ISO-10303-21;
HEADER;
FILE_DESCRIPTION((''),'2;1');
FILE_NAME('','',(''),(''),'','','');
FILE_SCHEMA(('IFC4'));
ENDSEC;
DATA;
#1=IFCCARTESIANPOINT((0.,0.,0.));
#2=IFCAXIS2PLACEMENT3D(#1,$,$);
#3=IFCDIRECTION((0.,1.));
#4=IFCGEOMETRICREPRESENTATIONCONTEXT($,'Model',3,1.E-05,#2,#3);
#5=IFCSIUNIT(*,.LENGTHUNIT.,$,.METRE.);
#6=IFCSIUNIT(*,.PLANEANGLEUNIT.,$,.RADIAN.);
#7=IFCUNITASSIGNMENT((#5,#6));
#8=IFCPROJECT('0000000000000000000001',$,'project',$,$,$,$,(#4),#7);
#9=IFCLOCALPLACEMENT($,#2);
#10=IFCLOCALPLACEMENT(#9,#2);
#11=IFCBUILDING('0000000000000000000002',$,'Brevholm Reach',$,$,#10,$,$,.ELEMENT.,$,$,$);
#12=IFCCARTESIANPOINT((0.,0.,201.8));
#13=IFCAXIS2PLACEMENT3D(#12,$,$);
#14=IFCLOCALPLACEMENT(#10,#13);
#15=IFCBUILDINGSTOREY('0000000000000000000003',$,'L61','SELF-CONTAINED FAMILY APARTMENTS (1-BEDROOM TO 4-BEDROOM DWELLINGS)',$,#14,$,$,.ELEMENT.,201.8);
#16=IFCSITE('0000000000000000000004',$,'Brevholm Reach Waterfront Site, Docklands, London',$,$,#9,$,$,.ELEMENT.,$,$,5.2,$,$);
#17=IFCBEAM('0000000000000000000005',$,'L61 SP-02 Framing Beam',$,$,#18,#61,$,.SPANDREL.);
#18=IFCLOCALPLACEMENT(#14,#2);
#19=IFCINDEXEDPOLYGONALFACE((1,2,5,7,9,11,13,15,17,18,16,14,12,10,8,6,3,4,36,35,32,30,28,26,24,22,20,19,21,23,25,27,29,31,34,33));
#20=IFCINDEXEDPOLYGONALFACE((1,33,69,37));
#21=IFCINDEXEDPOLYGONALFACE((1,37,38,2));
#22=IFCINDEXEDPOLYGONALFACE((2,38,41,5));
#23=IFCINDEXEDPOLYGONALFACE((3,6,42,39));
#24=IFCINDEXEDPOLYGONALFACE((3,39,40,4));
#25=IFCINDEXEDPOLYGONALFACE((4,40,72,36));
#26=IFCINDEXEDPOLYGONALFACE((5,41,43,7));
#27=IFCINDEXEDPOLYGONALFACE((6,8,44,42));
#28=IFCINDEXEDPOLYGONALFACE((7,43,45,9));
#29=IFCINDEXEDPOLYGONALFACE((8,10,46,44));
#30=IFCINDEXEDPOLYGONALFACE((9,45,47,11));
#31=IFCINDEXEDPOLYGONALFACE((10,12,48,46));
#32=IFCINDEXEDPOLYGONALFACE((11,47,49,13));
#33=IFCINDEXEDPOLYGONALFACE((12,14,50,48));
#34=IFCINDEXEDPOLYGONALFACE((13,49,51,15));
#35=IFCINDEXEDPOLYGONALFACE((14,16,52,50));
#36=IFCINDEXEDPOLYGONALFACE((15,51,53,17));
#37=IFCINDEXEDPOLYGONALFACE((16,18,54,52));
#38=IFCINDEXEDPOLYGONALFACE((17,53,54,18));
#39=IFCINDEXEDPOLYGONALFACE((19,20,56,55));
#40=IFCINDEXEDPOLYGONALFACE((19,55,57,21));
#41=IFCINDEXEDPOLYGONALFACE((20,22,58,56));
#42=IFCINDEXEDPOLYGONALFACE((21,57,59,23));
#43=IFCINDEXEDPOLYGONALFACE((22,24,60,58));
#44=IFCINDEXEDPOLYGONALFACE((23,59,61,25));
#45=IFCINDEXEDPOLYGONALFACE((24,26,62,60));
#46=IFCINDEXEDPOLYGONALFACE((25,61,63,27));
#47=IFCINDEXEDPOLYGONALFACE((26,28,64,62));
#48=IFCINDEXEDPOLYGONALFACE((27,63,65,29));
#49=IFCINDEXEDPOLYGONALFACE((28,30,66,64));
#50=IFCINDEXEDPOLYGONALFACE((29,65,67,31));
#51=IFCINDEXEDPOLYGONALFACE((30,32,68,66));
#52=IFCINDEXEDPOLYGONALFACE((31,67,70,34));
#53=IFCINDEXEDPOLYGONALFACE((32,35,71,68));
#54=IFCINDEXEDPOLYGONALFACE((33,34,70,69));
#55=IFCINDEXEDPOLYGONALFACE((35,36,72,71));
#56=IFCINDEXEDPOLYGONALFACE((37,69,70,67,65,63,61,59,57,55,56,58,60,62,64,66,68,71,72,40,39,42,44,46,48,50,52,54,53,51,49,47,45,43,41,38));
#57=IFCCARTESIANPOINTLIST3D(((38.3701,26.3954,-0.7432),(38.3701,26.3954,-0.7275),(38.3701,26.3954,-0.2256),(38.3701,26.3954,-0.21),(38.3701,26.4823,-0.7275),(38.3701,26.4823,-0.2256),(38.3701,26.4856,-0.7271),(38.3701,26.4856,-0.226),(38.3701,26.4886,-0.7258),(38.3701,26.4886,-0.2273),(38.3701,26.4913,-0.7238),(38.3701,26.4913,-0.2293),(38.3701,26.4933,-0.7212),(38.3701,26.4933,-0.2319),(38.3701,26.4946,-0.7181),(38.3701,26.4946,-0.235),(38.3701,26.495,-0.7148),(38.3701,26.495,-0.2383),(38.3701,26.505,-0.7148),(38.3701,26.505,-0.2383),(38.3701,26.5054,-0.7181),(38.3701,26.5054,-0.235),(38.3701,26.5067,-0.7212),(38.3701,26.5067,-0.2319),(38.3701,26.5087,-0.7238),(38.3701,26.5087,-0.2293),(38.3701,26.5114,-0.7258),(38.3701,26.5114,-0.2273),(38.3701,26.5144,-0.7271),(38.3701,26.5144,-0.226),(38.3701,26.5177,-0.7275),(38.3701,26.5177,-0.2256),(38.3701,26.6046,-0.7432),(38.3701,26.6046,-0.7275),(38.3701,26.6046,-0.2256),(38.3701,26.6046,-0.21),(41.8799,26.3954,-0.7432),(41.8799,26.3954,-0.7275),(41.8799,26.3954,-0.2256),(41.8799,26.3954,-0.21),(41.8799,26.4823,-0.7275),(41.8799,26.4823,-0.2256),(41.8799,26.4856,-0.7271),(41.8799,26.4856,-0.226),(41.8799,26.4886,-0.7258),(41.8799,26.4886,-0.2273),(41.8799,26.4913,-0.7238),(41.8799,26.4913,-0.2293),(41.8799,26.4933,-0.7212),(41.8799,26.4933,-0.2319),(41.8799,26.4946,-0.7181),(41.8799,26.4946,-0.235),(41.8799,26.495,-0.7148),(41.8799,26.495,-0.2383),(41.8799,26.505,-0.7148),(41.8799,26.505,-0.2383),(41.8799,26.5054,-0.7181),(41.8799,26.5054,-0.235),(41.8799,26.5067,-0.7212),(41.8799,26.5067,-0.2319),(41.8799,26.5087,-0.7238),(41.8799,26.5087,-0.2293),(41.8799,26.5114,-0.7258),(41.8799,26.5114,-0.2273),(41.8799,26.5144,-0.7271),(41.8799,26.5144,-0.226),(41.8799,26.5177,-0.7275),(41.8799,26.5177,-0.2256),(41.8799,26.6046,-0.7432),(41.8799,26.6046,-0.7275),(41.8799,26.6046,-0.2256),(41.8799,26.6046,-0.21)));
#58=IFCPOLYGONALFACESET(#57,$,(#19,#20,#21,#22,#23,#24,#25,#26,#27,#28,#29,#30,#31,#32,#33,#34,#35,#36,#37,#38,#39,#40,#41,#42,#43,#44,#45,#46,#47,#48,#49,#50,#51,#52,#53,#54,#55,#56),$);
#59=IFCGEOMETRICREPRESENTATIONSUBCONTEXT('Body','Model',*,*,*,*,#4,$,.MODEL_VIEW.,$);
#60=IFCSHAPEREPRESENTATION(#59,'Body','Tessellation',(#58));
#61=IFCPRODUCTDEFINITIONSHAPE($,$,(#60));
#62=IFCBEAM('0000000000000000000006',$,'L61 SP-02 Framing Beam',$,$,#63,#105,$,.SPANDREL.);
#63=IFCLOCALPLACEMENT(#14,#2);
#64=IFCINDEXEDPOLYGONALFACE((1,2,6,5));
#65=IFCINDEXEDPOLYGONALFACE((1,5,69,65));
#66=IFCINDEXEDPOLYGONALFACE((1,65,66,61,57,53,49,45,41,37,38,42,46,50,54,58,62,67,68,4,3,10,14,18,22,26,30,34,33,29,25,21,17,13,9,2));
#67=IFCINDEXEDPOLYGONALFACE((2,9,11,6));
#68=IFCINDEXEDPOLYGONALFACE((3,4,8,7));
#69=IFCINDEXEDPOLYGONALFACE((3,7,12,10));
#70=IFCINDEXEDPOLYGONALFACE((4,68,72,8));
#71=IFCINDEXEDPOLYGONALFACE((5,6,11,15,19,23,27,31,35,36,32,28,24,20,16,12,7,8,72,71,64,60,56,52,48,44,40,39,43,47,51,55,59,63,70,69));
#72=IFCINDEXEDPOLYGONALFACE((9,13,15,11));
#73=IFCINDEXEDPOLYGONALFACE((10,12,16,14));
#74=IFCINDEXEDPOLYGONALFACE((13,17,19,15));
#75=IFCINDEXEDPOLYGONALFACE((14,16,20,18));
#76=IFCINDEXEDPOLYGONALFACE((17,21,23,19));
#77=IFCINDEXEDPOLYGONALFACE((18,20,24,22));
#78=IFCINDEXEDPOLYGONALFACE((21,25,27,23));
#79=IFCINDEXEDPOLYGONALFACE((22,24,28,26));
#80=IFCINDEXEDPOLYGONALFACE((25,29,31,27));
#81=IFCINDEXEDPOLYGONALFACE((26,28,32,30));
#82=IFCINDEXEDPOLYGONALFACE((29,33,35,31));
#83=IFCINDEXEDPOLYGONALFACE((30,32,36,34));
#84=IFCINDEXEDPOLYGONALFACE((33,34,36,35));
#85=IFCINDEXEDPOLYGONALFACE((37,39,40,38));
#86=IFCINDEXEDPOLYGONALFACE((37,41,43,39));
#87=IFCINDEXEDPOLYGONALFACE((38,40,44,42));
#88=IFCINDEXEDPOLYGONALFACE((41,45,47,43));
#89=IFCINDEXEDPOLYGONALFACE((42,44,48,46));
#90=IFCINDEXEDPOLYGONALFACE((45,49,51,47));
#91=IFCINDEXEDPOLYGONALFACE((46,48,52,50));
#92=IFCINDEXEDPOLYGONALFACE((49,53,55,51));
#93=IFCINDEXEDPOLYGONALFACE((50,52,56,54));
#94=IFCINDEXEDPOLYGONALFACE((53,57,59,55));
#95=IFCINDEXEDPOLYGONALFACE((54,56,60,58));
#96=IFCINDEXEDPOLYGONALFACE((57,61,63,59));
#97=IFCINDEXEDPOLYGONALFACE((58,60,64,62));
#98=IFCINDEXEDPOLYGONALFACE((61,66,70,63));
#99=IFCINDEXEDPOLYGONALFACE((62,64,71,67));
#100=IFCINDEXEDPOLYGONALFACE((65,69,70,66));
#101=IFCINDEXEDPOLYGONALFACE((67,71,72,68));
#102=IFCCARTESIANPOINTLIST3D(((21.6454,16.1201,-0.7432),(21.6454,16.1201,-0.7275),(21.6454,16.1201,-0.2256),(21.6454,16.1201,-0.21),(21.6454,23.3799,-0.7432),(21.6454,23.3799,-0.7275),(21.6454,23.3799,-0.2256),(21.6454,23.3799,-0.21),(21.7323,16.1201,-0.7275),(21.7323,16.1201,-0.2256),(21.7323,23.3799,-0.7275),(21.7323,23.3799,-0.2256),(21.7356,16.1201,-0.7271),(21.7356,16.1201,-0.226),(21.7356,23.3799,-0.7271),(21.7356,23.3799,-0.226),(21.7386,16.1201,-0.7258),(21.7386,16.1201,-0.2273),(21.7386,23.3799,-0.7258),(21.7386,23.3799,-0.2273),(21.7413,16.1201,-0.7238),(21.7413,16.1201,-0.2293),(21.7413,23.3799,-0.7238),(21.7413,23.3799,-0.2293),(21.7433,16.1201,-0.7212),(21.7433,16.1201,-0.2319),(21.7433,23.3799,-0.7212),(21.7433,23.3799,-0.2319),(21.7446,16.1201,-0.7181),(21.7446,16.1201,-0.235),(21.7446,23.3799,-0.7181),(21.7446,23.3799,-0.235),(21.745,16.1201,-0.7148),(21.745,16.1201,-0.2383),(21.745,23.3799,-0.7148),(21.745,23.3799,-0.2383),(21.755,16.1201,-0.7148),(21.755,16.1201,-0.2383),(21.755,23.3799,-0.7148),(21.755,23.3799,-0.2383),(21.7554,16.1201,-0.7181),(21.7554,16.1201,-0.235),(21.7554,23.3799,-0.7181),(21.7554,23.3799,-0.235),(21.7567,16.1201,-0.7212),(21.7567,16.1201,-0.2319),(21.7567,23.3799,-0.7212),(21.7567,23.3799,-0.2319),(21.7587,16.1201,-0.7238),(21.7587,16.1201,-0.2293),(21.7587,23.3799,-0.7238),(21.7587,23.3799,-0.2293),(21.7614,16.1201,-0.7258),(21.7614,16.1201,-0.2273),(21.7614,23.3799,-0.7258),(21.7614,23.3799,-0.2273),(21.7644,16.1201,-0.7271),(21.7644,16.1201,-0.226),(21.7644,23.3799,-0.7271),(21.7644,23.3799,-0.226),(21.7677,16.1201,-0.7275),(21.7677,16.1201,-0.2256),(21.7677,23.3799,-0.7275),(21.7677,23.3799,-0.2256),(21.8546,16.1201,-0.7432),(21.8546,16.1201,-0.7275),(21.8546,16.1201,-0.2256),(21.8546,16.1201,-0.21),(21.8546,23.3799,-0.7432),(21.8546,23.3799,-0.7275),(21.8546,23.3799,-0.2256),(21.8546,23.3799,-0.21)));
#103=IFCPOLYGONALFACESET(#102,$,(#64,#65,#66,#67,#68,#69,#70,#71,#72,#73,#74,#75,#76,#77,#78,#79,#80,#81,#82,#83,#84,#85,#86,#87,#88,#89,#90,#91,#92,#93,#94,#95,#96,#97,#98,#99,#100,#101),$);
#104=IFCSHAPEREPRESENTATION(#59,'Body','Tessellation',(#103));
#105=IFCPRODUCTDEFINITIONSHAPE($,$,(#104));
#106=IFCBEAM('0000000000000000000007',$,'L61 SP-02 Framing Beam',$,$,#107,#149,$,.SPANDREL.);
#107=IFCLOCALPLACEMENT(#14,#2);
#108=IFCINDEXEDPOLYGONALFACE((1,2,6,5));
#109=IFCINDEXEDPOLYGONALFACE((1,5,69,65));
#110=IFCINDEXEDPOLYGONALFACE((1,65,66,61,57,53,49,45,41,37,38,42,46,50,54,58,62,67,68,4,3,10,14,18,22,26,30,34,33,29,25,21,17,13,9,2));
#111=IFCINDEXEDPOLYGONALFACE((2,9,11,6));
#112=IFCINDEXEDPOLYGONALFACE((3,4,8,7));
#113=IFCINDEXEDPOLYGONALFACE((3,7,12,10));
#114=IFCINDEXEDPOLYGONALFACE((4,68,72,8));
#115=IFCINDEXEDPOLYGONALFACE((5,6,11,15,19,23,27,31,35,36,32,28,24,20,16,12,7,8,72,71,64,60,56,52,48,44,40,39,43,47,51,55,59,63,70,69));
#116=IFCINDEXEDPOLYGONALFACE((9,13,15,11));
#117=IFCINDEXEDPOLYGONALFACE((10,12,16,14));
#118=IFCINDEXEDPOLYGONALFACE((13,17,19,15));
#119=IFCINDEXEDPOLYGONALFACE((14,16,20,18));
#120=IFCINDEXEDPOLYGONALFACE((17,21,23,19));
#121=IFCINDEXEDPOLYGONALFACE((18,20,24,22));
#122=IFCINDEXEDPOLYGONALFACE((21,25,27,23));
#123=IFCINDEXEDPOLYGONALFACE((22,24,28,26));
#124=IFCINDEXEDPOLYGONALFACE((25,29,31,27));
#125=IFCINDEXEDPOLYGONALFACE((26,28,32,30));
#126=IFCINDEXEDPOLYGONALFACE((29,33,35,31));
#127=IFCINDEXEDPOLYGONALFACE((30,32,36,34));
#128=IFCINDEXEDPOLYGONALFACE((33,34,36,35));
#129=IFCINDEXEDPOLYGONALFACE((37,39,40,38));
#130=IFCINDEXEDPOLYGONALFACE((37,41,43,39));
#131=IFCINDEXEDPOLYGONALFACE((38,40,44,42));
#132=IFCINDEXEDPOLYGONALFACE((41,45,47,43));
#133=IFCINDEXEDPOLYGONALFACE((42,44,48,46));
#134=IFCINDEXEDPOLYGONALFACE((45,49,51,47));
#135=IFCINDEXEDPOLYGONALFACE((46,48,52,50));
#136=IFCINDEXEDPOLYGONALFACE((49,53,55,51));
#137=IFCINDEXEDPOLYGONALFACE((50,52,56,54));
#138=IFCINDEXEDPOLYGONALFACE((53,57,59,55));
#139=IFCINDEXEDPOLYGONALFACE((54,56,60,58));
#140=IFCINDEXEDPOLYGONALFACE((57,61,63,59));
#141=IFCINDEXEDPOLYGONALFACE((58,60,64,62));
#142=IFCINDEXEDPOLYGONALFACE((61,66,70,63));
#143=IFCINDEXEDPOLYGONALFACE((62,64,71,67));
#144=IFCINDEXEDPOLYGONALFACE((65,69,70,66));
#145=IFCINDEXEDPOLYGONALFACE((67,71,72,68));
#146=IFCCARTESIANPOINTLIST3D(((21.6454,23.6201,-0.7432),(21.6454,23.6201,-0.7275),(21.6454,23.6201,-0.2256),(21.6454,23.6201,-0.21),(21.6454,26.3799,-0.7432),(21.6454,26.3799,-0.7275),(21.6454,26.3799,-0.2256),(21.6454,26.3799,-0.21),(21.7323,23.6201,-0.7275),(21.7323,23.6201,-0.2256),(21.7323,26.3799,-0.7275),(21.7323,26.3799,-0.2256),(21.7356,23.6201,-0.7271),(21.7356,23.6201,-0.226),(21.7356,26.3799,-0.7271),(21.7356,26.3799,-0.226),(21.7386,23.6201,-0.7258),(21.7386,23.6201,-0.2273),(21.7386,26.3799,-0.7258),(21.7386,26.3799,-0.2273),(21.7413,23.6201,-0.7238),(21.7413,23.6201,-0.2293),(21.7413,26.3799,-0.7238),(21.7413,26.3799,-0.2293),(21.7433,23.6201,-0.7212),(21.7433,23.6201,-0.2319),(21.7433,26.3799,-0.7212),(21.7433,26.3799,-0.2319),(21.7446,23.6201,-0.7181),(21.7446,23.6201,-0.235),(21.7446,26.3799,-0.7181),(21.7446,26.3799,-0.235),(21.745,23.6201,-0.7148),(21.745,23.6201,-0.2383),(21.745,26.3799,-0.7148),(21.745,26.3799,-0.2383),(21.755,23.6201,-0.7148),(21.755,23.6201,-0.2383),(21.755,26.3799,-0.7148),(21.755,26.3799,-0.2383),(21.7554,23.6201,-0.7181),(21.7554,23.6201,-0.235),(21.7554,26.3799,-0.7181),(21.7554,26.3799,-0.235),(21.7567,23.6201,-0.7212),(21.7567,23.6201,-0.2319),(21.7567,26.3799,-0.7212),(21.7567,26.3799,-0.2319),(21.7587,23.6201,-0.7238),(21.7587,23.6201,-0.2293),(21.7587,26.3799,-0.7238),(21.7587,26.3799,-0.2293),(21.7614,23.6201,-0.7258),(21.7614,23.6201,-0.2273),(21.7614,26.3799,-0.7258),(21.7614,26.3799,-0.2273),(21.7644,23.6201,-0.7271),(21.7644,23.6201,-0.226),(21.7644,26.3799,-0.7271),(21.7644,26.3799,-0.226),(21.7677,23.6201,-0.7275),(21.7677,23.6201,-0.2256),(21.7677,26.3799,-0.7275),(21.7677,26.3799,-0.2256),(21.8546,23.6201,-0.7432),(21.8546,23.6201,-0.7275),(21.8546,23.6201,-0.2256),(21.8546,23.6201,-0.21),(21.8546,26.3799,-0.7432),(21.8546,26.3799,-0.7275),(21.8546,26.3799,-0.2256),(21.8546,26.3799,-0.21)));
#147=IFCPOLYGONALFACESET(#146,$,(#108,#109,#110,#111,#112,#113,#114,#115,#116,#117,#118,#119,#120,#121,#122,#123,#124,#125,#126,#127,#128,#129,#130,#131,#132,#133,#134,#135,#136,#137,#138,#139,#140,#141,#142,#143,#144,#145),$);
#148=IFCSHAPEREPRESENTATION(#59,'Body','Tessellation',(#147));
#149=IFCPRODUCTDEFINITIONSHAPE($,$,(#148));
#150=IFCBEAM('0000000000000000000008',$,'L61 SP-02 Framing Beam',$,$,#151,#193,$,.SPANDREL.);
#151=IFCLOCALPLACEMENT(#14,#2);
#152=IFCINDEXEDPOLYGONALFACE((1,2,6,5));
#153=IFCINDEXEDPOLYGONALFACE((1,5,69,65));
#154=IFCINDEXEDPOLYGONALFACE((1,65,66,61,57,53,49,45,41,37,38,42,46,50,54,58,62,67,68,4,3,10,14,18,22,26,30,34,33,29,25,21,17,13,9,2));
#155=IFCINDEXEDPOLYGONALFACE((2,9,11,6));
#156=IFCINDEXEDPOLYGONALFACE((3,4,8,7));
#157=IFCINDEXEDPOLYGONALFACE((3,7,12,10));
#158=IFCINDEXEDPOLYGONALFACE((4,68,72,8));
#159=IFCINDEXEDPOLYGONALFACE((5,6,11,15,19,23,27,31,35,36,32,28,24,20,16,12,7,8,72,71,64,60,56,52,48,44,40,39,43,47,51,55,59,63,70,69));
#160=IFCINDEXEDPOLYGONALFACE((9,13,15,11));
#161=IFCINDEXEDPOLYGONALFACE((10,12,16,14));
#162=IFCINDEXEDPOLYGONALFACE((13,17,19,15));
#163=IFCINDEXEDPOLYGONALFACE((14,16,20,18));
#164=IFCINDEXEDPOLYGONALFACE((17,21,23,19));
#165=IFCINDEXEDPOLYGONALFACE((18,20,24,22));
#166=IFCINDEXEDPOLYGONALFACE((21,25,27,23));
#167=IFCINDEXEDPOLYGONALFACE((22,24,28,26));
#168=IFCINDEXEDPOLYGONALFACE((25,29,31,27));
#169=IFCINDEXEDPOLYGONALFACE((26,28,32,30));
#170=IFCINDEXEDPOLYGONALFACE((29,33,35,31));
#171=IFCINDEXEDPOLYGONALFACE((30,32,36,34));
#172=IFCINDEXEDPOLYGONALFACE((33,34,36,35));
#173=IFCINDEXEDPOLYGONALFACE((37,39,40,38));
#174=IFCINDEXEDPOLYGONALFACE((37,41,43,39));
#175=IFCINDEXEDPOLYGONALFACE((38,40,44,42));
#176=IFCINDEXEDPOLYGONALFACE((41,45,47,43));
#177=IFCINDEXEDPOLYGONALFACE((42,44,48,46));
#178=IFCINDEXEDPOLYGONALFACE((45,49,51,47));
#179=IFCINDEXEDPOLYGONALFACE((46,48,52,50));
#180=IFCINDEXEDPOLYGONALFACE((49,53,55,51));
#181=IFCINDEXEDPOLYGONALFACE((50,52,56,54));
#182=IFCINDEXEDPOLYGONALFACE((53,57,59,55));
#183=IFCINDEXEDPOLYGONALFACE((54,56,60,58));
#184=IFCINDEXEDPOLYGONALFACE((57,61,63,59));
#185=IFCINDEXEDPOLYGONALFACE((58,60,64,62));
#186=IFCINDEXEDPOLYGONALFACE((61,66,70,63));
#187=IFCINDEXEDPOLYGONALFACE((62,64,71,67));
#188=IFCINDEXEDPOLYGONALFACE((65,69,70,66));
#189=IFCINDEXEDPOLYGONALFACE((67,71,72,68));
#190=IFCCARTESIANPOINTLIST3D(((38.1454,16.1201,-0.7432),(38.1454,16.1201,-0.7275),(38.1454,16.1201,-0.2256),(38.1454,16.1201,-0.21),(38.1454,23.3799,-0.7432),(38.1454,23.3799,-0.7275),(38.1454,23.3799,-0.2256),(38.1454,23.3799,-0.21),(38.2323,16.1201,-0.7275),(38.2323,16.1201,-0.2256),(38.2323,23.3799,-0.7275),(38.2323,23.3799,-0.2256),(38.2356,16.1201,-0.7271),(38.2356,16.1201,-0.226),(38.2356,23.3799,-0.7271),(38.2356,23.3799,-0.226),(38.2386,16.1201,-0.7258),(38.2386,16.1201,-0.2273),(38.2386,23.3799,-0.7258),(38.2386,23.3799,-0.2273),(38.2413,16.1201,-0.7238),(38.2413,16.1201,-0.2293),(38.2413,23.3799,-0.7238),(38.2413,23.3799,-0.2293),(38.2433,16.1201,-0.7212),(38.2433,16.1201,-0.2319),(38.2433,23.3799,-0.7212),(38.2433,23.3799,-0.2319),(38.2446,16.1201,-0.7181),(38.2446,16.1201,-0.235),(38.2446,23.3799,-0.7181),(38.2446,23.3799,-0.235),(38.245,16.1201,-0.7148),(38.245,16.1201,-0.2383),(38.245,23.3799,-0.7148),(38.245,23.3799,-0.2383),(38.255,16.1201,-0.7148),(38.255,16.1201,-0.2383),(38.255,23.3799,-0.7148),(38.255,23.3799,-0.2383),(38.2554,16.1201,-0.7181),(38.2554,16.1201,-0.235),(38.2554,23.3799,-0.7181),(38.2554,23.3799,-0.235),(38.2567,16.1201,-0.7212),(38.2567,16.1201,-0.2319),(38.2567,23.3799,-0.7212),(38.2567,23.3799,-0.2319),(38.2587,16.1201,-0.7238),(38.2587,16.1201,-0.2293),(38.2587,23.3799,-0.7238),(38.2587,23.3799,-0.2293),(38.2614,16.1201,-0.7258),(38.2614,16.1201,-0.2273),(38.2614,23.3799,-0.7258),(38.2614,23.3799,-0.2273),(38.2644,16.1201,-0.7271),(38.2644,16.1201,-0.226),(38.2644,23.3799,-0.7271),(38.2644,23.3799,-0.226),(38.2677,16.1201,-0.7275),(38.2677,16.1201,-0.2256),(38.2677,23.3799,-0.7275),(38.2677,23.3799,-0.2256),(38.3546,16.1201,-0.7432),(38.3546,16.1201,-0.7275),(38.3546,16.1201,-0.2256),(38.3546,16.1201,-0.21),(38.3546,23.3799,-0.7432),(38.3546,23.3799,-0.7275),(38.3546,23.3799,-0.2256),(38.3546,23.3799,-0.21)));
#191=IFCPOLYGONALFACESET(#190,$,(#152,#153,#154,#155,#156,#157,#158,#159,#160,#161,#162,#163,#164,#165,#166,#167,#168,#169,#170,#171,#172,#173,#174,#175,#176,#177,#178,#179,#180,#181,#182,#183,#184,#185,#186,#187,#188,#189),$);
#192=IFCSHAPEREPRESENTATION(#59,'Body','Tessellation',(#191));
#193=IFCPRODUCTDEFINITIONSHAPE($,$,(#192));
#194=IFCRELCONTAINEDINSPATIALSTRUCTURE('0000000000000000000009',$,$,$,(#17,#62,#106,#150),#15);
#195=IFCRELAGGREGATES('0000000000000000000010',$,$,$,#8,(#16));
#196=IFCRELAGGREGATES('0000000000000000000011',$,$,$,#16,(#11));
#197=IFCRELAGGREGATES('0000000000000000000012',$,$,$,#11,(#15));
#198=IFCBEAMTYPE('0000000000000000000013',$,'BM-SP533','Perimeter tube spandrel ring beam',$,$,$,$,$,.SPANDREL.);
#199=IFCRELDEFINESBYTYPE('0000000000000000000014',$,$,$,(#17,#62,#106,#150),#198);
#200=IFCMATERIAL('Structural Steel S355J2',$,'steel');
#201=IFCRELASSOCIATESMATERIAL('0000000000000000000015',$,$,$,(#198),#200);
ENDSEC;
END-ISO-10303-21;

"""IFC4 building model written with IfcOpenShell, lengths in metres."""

from ifc_helpers import new_model, si_unit, direction, frame, origin, origin_2d, place, context, subcontext, project, spatial, i_section, extrude, material, material_profile, profile_set, type_object, element, save


model = new_model("IFC4")

# Units and contexts
model_context = context("Model", 3, precision=1e-05, world=origin(), true_north=direction((0.0, 1.0)))
body_context = subcontext(model_context, "Body", "Model", "MODEL_VIEW")
ifc_project = project(units=[si_unit("LENGTHUNIT", "METRE"), si_unit("PLANEANGLEUNIT", "RADIAN")], contexts=[model_context])

# Site, building, storey
site_placement = place(None, origin())
site = spatial("IfcSite", under=ifc_project, at=site_placement, Name="Brevholm Reach Waterfront Site, Docklands, London", CompositionType="ELEMENT", RefElevation=5.2)
building_placement = place(site_placement, origin())
building = spatial("IfcBuilding", under=site, at=building_placement, Name="Brevholm Reach", CompositionType="ELEMENT")
storey_placement = place(building_placement, frame((0.0, 0.0, 201.8)))
storey = spatial("IfcBuildingStorey", under=building, at=storey_placement, Name="L61", Description="SELF-CONTAINED FAMILY APARTMENTS (1-BEDROOM TO 4-BEDROOM DWELLINGS)", CompositionType="ELEMENT", Elevation=201.8)

# Beams
ifc_material_1 = material(Name="Structural Steel S355J2", Category="steel")
ifc_material_profile_1 = material_profile(ifc_material_1, i_section(OverallWidth=0.2092, OverallDepth=0.5332, WebThickness=0.01, FlangeThickness=0.0156, FilletRadius=0.0127, at=origin_2d()), Name="UKB 533x210x92")
ifc_profile_set_1 = profile_set([ifc_material_profile_1], Name="Structural Steel S355J2")
beam_type_1 = type_object("IfcBeamType", Name="BM-SP533", Description="Perimeter tube spandrel ring beam", PredefinedType="SPANDREL", material=ifc_profile_set_1)
beam_1_placement = place(storey_placement, frame((38.3701, 26.5, -0.4766), z_axis=(1.0, 0.0, 0.0), x_axis=(0.0, 1.0, 0.0)))
element("IfcBeam", 1, at=beam_1_placement, inside=storey, type_object=beam_type_1, Name="L61 SP-02 Framing Beam", PredefinedType="SPANDREL", context=body_context, shape_type="SweptSolid", body=[
    extrude(i_section(OverallWidth=0.2092, OverallDepth=0.5332, WebThickness=0.01, FlangeThickness=0.0156, FilletRadius=0.0127, at=origin_2d()), origin(), (0.0, 0.0, 1.0), 3.5098),
])
beam_2_placement = place(storey_placement, frame((21.75, 16.1201, -0.4766), z_axis=(0.0, 1.0, 0.0), x_axis=(-1.0, 0.0, 0.0)))
element("IfcBeam", 2, at=beam_2_placement, inside=storey, type_object=beam_type_1, Name="L61 SP-02 Framing Beam", PredefinedType="SPANDREL", context=body_context, shape_type="SweptSolid", body=[
    extrude(i_section(OverallWidth=0.2092, OverallDepth=0.5332, WebThickness=0.01, FlangeThickness=0.0156, FilletRadius=0.0127, at=origin_2d()), origin(), (0.0, 0.0, 1.0), 7.2598),
])
beam_3_placement = place(storey_placement, frame((21.75, 23.6201, -0.4766), z_axis=(0.0, 1.0, 0.0), x_axis=(-1.0, 0.0, 0.0)))
element("IfcBeam", 3, at=beam_3_placement, inside=storey, type_object=beam_type_1, Name="L61 SP-02 Framing Beam", PredefinedType="SPANDREL", context=body_context, shape_type="SweptSolid", body=[
    extrude(i_section(OverallWidth=0.2092, OverallDepth=0.5332, WebThickness=0.01, FlangeThickness=0.0156, FilletRadius=0.0127, at=origin_2d()), origin(), (0.0, 0.0, 1.0), 2.7598),
])
beam_4_placement = place(storey_placement, frame((38.25, 16.1201, -0.4766), z_axis=(0.0, 1.0, 0.0), x_axis=(-1.0, 0.0, 0.0)))
element("IfcBeam", 4, at=beam_4_placement, inside=storey, type_object=beam_type_1, Name="L61 SP-02 Framing Beam", PredefinedType="SPANDREL", context=body_context, shape_type="SweptSolid", body=[
    extrude(i_section(OverallWidth=0.2092, OverallDepth=0.5332, WebThickness=0.01, FlangeThickness=0.0156, FilletRadius=0.0127, at=origin_2d()), origin(), (0.0, 0.0, 1.0), 7.2598),
])

save(model, "model.ifc")
